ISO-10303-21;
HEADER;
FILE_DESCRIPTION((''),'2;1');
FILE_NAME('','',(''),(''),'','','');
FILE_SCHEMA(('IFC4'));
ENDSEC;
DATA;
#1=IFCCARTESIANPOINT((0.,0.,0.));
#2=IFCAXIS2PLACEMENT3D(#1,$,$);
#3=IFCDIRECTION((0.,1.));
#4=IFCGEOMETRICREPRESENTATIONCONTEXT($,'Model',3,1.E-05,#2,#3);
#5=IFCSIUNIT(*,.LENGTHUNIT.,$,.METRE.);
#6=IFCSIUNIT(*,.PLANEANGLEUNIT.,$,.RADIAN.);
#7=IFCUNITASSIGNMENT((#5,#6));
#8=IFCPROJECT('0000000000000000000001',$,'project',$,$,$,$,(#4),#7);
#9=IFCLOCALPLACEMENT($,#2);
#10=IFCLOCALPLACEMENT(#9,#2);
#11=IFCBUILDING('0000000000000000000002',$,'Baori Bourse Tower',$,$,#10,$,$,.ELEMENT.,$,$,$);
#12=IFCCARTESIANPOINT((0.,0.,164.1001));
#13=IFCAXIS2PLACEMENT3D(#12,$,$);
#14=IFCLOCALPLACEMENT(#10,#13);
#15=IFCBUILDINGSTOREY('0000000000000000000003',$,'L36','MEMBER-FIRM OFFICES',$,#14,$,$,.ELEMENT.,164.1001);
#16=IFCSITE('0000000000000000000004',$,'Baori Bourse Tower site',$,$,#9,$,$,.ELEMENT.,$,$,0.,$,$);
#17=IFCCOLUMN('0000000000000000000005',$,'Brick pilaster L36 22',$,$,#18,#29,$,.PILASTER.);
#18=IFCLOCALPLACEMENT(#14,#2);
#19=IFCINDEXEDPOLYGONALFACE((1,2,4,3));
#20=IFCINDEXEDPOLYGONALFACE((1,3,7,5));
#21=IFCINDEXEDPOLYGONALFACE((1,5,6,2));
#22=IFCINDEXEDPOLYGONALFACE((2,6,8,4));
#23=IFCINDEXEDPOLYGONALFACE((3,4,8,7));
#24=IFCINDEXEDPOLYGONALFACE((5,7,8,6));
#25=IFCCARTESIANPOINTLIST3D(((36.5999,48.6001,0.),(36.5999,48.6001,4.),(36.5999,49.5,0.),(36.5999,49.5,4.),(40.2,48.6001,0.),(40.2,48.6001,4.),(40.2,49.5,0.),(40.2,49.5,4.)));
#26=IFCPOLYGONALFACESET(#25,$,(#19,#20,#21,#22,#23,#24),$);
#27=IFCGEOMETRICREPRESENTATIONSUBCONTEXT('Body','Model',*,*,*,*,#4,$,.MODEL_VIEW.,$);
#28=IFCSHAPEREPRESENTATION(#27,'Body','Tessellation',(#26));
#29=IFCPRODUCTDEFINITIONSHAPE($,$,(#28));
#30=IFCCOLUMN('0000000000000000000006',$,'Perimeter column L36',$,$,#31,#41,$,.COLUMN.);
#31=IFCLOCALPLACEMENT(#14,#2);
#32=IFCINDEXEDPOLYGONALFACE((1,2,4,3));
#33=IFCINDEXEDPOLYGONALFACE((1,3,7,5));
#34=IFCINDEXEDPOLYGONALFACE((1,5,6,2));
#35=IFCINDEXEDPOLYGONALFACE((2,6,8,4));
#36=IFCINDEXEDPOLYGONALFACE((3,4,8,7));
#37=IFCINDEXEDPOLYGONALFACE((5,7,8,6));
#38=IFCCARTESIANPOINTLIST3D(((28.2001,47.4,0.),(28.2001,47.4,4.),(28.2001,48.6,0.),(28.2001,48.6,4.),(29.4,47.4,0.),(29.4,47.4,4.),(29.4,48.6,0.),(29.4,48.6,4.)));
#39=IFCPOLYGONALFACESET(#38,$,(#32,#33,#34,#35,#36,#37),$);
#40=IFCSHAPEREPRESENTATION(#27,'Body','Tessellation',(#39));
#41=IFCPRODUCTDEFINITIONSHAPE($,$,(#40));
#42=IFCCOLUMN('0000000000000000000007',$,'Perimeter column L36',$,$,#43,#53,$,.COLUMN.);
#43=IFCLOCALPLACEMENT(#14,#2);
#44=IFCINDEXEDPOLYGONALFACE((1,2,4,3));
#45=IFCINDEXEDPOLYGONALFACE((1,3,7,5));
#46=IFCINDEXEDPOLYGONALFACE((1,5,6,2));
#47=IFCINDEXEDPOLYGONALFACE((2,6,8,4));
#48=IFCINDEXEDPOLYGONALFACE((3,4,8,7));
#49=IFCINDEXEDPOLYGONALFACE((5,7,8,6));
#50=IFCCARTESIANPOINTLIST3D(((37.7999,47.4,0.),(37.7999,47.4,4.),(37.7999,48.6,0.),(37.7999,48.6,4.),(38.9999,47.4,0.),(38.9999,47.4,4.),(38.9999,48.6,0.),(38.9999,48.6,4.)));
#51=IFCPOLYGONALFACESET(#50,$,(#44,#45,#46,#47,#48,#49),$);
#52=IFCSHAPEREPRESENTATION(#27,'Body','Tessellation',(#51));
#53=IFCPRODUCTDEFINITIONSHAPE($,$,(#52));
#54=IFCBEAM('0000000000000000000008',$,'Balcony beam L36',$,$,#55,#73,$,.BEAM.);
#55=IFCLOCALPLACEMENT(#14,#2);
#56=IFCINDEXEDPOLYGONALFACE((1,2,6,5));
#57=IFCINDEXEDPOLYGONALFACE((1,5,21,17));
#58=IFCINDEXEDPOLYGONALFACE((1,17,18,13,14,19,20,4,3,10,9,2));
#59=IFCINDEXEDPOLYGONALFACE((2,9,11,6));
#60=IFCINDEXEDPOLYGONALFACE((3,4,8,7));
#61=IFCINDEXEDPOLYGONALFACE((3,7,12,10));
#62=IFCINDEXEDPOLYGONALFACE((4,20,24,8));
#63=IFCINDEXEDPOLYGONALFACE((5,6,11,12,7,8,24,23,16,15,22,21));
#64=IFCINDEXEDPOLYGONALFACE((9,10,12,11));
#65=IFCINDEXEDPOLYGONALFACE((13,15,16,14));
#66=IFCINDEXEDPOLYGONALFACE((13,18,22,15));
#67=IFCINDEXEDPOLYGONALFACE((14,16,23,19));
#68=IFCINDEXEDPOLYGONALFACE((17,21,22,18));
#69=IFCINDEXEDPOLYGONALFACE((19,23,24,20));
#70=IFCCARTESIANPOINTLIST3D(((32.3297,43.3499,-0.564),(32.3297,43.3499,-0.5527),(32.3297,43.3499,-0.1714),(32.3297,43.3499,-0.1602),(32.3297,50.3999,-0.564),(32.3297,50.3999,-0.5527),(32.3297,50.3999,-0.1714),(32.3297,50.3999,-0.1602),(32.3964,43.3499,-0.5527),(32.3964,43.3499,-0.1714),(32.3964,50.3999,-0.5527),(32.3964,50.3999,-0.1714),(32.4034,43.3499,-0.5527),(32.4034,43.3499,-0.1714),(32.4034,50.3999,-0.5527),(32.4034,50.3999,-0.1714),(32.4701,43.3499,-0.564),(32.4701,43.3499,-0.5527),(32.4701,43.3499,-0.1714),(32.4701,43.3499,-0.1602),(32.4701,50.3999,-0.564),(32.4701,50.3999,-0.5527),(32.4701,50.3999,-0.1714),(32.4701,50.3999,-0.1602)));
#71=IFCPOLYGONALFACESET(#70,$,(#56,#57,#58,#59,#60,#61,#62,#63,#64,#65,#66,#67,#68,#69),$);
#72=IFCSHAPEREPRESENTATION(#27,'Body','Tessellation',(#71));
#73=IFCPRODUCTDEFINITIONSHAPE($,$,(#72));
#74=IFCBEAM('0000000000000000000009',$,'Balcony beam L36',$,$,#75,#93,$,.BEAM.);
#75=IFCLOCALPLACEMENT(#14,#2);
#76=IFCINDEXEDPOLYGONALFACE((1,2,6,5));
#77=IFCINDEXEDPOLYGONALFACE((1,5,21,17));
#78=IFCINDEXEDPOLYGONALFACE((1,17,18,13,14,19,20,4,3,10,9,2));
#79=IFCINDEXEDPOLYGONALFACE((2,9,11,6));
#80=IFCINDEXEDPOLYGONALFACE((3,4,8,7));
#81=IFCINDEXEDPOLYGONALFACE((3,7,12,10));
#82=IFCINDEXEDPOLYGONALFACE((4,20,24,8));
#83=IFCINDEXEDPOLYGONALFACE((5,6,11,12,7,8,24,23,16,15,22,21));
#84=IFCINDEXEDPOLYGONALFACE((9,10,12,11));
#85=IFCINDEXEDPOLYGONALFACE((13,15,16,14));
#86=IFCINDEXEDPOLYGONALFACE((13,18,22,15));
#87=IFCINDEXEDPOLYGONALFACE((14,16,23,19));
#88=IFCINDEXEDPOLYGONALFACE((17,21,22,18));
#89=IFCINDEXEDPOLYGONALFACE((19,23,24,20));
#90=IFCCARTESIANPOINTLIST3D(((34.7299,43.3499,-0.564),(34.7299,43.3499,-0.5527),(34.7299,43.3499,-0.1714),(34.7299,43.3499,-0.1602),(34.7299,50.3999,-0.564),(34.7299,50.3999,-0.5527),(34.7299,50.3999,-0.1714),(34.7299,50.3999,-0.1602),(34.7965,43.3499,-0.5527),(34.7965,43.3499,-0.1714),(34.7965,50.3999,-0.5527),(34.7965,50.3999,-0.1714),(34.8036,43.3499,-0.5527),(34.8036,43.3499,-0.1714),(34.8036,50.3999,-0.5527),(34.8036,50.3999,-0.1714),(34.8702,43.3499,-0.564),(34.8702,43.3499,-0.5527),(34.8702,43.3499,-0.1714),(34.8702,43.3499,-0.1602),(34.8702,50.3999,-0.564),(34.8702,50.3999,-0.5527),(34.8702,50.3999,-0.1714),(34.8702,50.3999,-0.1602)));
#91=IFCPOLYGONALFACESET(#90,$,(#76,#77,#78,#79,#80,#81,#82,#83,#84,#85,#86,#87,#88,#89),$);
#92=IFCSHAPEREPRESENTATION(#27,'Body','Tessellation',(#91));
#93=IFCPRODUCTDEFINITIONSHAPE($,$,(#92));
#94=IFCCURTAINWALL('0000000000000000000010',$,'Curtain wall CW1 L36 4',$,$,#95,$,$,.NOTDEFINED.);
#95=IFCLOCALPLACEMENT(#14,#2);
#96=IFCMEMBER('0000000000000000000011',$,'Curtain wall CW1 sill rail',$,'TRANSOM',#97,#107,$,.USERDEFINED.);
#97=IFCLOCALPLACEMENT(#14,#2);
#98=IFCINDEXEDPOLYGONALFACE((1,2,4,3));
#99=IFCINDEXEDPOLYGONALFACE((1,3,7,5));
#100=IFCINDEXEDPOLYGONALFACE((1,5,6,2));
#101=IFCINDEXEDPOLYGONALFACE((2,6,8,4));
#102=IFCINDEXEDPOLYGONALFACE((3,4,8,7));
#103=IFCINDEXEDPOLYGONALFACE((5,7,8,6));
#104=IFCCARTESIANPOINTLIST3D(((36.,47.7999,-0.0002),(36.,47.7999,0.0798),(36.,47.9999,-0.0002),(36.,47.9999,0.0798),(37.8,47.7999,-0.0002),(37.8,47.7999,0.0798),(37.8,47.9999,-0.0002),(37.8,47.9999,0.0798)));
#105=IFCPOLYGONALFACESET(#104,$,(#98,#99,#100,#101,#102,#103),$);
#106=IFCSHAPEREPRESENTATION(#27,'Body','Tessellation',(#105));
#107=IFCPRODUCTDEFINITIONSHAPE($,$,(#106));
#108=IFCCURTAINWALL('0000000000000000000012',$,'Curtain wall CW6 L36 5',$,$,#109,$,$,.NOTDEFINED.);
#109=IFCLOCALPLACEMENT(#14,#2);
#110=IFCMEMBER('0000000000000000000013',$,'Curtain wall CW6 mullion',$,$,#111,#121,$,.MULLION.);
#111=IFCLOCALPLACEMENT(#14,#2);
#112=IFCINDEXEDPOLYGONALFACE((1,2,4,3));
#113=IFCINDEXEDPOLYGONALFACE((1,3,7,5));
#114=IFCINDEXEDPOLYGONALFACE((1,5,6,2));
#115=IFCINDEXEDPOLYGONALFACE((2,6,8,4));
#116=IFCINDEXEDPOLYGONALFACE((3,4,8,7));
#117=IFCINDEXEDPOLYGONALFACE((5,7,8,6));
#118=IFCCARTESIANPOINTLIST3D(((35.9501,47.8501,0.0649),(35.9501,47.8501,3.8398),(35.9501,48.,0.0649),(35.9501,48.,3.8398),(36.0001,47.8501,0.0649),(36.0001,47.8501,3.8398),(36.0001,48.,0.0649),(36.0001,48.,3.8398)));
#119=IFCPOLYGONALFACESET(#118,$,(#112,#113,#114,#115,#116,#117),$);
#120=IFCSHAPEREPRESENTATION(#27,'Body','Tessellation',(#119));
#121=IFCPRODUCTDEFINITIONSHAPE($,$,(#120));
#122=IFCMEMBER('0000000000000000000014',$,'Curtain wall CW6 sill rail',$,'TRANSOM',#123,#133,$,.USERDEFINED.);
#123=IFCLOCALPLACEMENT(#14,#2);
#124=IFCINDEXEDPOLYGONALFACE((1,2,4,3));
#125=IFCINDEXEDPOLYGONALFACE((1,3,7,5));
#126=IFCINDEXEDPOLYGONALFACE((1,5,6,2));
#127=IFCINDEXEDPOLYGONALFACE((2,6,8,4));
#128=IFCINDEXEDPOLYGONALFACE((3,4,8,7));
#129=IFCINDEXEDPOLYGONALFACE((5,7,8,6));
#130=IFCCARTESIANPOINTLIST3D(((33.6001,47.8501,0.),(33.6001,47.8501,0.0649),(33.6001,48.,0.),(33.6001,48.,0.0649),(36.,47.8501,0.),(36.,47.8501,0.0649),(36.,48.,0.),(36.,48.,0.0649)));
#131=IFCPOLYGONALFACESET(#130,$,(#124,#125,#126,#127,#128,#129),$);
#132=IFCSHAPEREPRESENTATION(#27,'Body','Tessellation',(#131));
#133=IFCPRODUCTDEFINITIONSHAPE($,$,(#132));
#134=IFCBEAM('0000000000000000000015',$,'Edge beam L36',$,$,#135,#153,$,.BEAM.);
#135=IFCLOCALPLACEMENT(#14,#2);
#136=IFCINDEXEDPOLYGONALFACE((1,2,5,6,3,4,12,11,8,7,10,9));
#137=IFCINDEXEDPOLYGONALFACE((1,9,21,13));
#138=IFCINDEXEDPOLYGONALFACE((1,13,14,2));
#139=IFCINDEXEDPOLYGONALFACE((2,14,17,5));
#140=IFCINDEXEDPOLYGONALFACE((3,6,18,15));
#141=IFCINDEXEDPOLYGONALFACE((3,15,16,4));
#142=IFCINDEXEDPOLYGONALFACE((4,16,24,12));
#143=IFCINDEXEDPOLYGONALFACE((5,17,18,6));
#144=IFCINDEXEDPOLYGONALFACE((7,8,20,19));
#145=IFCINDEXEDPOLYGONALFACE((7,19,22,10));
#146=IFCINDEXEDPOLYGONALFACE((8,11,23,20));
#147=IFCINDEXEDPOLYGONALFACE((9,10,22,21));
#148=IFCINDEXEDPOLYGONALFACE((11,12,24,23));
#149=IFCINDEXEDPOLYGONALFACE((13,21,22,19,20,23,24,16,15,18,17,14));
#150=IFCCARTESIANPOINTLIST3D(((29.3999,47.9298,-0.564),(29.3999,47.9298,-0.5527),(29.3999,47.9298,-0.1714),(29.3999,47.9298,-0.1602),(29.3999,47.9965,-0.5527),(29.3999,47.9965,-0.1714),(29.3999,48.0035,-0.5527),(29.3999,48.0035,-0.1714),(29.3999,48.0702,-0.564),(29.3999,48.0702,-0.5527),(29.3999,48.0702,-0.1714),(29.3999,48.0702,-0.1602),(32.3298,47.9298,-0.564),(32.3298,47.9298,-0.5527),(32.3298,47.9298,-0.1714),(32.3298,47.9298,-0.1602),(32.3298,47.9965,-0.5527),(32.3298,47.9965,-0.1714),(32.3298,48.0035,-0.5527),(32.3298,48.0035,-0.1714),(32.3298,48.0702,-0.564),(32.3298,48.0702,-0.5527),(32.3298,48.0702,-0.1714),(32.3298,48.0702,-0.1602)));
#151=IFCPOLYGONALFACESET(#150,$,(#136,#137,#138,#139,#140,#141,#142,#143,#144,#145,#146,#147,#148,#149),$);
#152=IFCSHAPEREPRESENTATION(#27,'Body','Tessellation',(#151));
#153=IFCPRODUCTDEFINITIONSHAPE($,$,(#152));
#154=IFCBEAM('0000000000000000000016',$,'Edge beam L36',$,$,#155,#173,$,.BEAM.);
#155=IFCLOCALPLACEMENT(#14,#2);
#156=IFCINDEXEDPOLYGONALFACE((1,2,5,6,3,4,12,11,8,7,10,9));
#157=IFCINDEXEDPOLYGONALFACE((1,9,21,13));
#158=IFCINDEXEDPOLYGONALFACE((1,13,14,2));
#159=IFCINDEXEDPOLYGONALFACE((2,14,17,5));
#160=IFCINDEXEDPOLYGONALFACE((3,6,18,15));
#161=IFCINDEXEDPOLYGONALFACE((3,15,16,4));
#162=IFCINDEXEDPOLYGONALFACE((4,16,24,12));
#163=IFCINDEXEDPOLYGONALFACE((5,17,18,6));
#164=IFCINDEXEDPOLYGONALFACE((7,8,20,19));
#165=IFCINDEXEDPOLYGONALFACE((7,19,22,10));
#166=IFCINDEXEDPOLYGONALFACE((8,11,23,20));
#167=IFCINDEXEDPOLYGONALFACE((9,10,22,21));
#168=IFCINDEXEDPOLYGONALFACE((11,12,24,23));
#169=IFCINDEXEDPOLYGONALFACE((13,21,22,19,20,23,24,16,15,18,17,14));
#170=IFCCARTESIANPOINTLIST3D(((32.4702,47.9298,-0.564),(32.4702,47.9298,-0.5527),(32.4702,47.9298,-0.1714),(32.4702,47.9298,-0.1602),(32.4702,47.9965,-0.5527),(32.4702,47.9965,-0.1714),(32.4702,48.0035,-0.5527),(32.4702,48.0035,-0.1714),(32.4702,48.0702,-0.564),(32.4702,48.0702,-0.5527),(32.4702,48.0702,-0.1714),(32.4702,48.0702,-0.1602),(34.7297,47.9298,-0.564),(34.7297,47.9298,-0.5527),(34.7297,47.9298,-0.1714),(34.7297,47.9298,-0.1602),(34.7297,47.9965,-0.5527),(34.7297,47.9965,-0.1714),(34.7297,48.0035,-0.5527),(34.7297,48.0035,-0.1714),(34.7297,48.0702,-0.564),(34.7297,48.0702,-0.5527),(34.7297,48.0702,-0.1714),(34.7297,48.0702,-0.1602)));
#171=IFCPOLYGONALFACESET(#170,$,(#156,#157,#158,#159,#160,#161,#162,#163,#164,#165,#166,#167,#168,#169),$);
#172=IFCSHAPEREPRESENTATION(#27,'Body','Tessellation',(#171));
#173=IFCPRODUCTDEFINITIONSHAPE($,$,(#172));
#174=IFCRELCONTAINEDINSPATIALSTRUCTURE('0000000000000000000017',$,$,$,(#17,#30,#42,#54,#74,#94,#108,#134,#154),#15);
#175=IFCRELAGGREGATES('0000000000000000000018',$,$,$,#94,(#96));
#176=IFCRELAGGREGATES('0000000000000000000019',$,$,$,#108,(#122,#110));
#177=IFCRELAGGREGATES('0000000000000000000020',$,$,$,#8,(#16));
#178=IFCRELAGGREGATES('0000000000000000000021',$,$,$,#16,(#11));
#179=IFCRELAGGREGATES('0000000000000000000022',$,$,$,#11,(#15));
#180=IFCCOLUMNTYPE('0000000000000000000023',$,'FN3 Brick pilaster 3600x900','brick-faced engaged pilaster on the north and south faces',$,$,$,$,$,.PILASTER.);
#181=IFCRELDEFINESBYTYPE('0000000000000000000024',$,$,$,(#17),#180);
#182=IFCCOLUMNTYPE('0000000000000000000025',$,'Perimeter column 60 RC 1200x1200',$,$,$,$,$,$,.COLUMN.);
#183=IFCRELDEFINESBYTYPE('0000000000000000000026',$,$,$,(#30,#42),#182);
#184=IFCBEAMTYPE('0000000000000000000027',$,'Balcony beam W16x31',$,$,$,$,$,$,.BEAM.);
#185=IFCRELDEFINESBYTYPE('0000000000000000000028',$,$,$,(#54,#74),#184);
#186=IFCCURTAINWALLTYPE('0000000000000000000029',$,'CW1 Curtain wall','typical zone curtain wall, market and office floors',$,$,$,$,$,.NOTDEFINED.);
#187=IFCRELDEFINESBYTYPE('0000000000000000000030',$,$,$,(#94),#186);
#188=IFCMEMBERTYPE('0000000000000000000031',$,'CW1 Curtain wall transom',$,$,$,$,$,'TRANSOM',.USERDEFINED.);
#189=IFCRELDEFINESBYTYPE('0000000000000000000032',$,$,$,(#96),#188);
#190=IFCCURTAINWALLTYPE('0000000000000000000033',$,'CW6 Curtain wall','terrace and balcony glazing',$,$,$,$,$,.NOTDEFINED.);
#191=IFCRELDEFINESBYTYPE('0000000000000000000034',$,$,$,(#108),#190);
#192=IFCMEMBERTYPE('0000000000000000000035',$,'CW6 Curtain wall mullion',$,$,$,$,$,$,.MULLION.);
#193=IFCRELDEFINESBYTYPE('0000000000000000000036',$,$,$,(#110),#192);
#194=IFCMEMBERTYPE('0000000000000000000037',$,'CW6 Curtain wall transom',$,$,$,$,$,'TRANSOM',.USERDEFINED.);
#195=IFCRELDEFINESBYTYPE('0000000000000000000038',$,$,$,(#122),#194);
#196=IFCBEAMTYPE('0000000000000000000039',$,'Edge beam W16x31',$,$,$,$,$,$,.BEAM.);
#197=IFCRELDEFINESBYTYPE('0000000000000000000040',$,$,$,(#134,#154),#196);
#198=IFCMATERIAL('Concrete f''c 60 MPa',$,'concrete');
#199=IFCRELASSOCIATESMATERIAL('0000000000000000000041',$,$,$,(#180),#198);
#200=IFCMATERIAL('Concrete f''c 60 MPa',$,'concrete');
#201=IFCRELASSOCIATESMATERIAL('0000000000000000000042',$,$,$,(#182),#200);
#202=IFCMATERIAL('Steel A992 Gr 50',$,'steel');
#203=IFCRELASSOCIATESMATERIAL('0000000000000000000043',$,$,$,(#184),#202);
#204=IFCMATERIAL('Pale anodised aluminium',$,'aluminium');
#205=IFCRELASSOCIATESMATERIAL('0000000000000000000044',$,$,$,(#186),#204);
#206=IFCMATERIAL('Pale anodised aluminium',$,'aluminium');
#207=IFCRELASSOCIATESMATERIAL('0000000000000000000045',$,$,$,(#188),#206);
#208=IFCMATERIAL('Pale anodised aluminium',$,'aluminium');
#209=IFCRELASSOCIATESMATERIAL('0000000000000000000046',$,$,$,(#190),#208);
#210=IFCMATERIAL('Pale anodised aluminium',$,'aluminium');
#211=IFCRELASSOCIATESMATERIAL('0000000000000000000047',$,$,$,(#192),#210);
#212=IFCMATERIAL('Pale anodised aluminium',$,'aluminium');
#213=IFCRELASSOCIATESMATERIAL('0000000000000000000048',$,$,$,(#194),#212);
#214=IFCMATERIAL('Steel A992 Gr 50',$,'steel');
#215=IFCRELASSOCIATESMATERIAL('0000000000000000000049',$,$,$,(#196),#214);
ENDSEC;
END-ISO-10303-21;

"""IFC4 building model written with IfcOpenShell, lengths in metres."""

from ifc_helpers import new_model, si_unit, direction, frame, origin, origin_2d, place, context, subcontext, project, spatial, rectangle, i_section, extrude, material, material_profile, profile_set, type_object, element, aggregate, save


model = new_model("IFC4")

# Units and contexts
model_context = context("Model", 3, precision=1e-05, world=origin(), true_north=direction((0.0, 1.0)))
body_context = subcontext(model_context, "Body", "Model", "MODEL_VIEW")
ifc_project = project(units=[si_unit("LENGTHUNIT", "METRE"), si_unit("PLANEANGLEUNIT", "RADIAN")], contexts=[model_context])

# Site, building, storey
site_placement = place(None, origin())
site = spatial("IfcSite", under=ifc_project, at=site_placement, Name="Baori Bourse Tower site", CompositionType="ELEMENT", RefElevation=0.0)
building_placement = place(site_placement, origin())
building = spatial("IfcBuilding", under=site, at=building_placement, Name="Baori Bourse Tower", CompositionType="ELEMENT")
storey_placement = place(building_placement, frame((0.0, 0.0, 164.1001)))
storey = spatial("IfcBuildingStorey", under=building, at=storey_placement, Name="L36", Description="MEMBER-FIRM OFFICES", CompositionType="ELEMENT", Elevation=164.1001)

# Columns
ifc_material_1 = material(Name="Concrete f'c 60 MPa", Category="concrete")
ifc_material_profile_1 = material_profile(ifc_material_1, rectangle(XDim=3.6001, YDim=0.8999, at=origin_2d()), Name="RC 3600x900")
ifc_profile_set_1 = profile_set([ifc_material_profile_1], Name="Concrete f'c 60 MPa")
column_type_1 = type_object("IfcColumnType", Name="FN3 Brick pilaster 3600x900", Description="brick-faced engaged pilaster on the north and south faces", PredefinedType="PILASTER", material=ifc_profile_set_1)
column_placement = place(storey_placement, frame((38.3999, 49.05, 0.0), z_axis=(0.0, 0.0, 1.0), x_axis=(1.0, 0.0, 0.0)))
element("IfcColumn", 1, at=column_placement, inside=storey, type_object=column_type_1, Name="Brick pilaster L36 22", PredefinedType="PILASTER", context=body_context, shape_type="SweptSolid", body=[
    extrude(rectangle(XDim=3.6001, YDim=0.8999, at=origin_2d()), origin(), (0.0, 0.0, 1.0), 4.0),
])
ifc_material_2 = material(Name="Concrete f'c 60 MPa", Category="concrete")
ifc_material_profile_2 = material_profile(ifc_material_2, rectangle(XDim=1.2, YDim=1.2, at=origin_2d()), Name="RC 1200x1200")
ifc_profile_set_2 = profile_set([ifc_material_profile_2], Name="Concrete f'c 60 MPa")
column_type_2 = type_object("IfcColumnType", Name="Perimeter column 60 RC 1200x1200", PredefinedType="COLUMN", material=ifc_profile_set_2)
for number, where, z_axis, x_axis, name in (
    (2, (28.8, 48.0, 0.0), (0.0, 0.0, 1.0), (1.0, 0.0, 0.0), "Perimeter column L36"),
    (3, (38.3999, 48.0, 0.0), (0.0, 0.0, 1.0), (1.0, 0.0, 0.0), "Perimeter column L36"),
):
    element("IfcColumn", number, at=place(storey_placement, frame(where, z_axis=z_axis, x_axis=x_axis)), inside=storey, type_object=column_type_2, Name=name, PredefinedType="COLUMN", context=body_context, shape_type="SweptSolid", body=[
        extrude(rectangle(XDim=1.2, YDim=1.2, at=origin_2d()), origin(), (0.0, 0.0, 1.0), 4.0),
    ])

# Beams
ifc_material_3 = material(Name="Steel A992 Gr 50", Category="steel")
ifc_material_profile_3 = material_profile(ifc_material_3, i_section(OverallWidth=0.1404, OverallDepth=0.4038, WebThickness=0.0071, FlangeThickness=0.0112, at=origin_2d()), Name="W16x31")
ifc_profile_set_3 = profile_set([ifc_material_profile_3], Name="Steel A992 Gr 50")
beam_type_1 = type_object("IfcBeamType", Name="Balcony beam W16x31", PredefinedType="BEAM", material=ifc_profile_set_3)
for number, where, z_axis, x_axis, name in (
    (4, (32.3999, 50.3999, -0.3621), (0.0, -1.0, 0.0), (1.0, 0.0, 0.0), "Balcony beam L36"),
    (5, (34.8, 50.3999, -0.3621), (0.0, -1.0, 0.0), (1.0, 0.0, 0.0), "Balcony beam L36"),
):
    element("IfcBeam", number, at=place(storey_placement, frame(where, z_axis=z_axis, x_axis=x_axis)), inside=storey, type_object=beam_type_1, Name=name, PredefinedType="BEAM", context=body_context, shape_type="SweptSolid", body=[
        extrude(i_section(OverallWidth=0.1404, OverallDepth=0.4038, WebThickness=0.0071, FlangeThickness=0.0112, at=origin_2d()), origin(), (0.0, 0.0, 1.0), 7.05),
    ])

# Curtain wall, member
ifc_material_4 = material(Name="Pale anodised aluminium", Category="aluminium")
curtain_wall_type_1 = type_object("IfcCurtainWallType", Name="CW1 Curtain wall", Description="typical zone curtain wall, market and office floors", PredefinedType="NOTDEFINED", material=ifc_material_4)
curtain_wall_1_placement = place(storey_placement, origin())
curtain_wall_1 = element("IfcCurtainWall", 6, at=curtain_wall_1_placement, inside=storey, type_object=curtain_wall_type_1, Name="Curtain wall CW1 L36 4", PredefinedType="NOTDEFINED")
ifc_material_5 = material(Name="Pale anodised aluminium", Category="aluminium")
ifc_material_profile_4 = material_profile(ifc_material_5, rectangle(XDim=0.2, YDim=0.0801, at=origin_2d()), Name="Transom 80x200")
ifc_profile_set_4 = profile_set([ifc_material_profile_4], Name="Pale anodised aluminium")
member_type_1 = type_object("IfcMemberType", Name="CW1 Curtain wall transom", ElementType="TRANSOM", PredefinedType="USERDEFINED", material=ifc_profile_set_4)
member_1_placement = place(storey_placement, frame((37.8, 47.8999, 0.0398), z_axis=(-1.0, 0.0, 0.0), x_axis=(0.0, -1.0, 0.0)))
member_1 = element("IfcMember", 7, at=member_1_placement, type_object=member_type_1, Name="Curtain wall CW1 sill rail", ObjectType="TRANSOM", PredefinedType="USERDEFINED", context=body_context, shape_type="SweptSolid", body=[
    extrude(rectangle(XDim=0.2, YDim=0.0801, at=origin_2d()), origin(), (0.0, 0.0, 1.0), 1.8),
])

# Curtain wall, members
ifc_material_6 = material(Name="Pale anodised aluminium", Category="aluminium")
curtain_wall_type_2 = type_object("IfcCurtainWallType", Name="CW6 Curtain wall", Description="terrace and balcony glazing", PredefinedType="NOTDEFINED", material=ifc_material_6)
curtain_wall_2_placement = place(storey_placement, origin())
curtain_wall_2 = element("IfcCurtainWall", 8, at=curtain_wall_2_placement, inside=storey, type_object=curtain_wall_type_2, Name="Curtain wall CW6 L36 5", PredefinedType="NOTDEFINED")
ifc_material_7 = material(Name="Pale anodised aluminium", Category="aluminium")
ifc_material_profile_5 = material_profile(ifc_material_7, rectangle(XDim=0.1499, YDim=0.05, at=origin_2d()), Name="Mullion 50x150")
ifc_profile_set_5 = profile_set([ifc_material_profile_5], Name="Pale anodised aluminium")
member_type_2 = type_object("IfcMemberType", Name="CW6 Curtain wall mullion", PredefinedType="MULLION", material=ifc_profile_set_5)
member_2_placement = place(storey_placement, frame((35.9751, 47.925, 0.0649), z_axis=(0.0, 0.0, 1.0), x_axis=(0.0, -1.0, 0.0)))
member_2 = element("IfcMember", 9, at=member_2_placement, type_object=member_type_2, Name="Curtain wall CW6 mullion", PredefinedType="MULLION", context=body_context, shape_type="SweptSolid", body=[
    extrude(rectangle(XDim=0.1499, YDim=0.05, at=origin_2d()), origin(), (0.0, 0.0, 1.0), 3.7749),
])
ifc_material_8 = material(Name="Pale anodised aluminium", Category="aluminium")
ifc_material_profile_6 = material_profile(ifc_material_8, rectangle(XDim=0.1499, YDim=0.0649, at=origin_2d()), Name="Transom 65x150")
ifc_profile_set_6 = profile_set([ifc_material_profile_6], Name="Pale anodised aluminium")
member_type_3 = type_object("IfcMemberType", Name="CW6 Curtain wall transom", ElementType="TRANSOM", PredefinedType="USERDEFINED", material=ifc_profile_set_6)
member_3_placement = place(storey_placement, frame((36.0, 47.925, 0.0325), z_axis=(-1.0, 0.0, 0.0), x_axis=(0.0, -1.0, 0.0)))
member_3 = element("IfcMember", 10, at=member_3_placement, type_object=member_type_3, Name="Curtain wall CW6 sill rail", ObjectType="TRANSOM", PredefinedType="USERDEFINED", context=body_context, shape_type="SweptSolid", body=[
    extrude(rectangle(XDim=0.1499, YDim=0.0649, at=origin_2d()), origin(), (0.0, 0.0, 1.0), 2.3999),
])

# Beams
ifc_material_9 = material(Name="Steel A992 Gr 50", Category="steel")
ifc_material_profile_7 = material_profile(ifc_material_9, i_section(OverallWidth=0.1404, OverallDepth=0.4038, WebThickness=0.0071, FlangeThickness=0.0112, at=origin_2d()), Name="W16x31")
ifc_profile_set_7 = profile_set([ifc_material_profile_7], Name="Steel A992 Gr 50")
beam_type_2 = type_object("IfcBeamType", Name="Edge beam W16x31", PredefinedType="BEAM", material=ifc_profile_set_7)
beam_1_placement = place(storey_placement, frame((29.3999, 48.0, -0.3621), z_axis=(1.0, 0.0, 0.0), x_axis=(0.0, 1.0, 0.0)))
element("IfcBeam", 11, at=beam_1_placement, inside=storey, type_object=beam_type_2, Name="Edge beam L36", PredefinedType="BEAM", context=body_context, shape_type="SweptSolid", body=[
    extrude(i_section(OverallWidth=0.1404, OverallDepth=0.4038, WebThickness=0.0071, FlangeThickness=0.0112, at=origin_2d()), origin(), (0.0, 0.0, 1.0), 2.9299),
])
beam_2_placement = place(storey_placement, frame((32.4702, 48.0, -0.3621), z_axis=(1.0, 0.0, 0.0), x_axis=(0.0, 1.0, 0.0)))
element("IfcBeam", 12, at=beam_2_placement, inside=storey, type_object=beam_type_2, Name="Edge beam L36", PredefinedType="BEAM", context=body_context, shape_type="SweptSolid", body=[
    extrude(i_section(OverallWidth=0.1404, OverallDepth=0.4038, WebThickness=0.0071, FlangeThickness=0.0112, at=origin_2d()), origin(), (0.0, 0.0, 1.0), 2.2595),
])

aggregate(curtain_wall_1, [member_1])
aggregate(curtain_wall_2, [member_3, member_2])

save(model, "model.ifc")
